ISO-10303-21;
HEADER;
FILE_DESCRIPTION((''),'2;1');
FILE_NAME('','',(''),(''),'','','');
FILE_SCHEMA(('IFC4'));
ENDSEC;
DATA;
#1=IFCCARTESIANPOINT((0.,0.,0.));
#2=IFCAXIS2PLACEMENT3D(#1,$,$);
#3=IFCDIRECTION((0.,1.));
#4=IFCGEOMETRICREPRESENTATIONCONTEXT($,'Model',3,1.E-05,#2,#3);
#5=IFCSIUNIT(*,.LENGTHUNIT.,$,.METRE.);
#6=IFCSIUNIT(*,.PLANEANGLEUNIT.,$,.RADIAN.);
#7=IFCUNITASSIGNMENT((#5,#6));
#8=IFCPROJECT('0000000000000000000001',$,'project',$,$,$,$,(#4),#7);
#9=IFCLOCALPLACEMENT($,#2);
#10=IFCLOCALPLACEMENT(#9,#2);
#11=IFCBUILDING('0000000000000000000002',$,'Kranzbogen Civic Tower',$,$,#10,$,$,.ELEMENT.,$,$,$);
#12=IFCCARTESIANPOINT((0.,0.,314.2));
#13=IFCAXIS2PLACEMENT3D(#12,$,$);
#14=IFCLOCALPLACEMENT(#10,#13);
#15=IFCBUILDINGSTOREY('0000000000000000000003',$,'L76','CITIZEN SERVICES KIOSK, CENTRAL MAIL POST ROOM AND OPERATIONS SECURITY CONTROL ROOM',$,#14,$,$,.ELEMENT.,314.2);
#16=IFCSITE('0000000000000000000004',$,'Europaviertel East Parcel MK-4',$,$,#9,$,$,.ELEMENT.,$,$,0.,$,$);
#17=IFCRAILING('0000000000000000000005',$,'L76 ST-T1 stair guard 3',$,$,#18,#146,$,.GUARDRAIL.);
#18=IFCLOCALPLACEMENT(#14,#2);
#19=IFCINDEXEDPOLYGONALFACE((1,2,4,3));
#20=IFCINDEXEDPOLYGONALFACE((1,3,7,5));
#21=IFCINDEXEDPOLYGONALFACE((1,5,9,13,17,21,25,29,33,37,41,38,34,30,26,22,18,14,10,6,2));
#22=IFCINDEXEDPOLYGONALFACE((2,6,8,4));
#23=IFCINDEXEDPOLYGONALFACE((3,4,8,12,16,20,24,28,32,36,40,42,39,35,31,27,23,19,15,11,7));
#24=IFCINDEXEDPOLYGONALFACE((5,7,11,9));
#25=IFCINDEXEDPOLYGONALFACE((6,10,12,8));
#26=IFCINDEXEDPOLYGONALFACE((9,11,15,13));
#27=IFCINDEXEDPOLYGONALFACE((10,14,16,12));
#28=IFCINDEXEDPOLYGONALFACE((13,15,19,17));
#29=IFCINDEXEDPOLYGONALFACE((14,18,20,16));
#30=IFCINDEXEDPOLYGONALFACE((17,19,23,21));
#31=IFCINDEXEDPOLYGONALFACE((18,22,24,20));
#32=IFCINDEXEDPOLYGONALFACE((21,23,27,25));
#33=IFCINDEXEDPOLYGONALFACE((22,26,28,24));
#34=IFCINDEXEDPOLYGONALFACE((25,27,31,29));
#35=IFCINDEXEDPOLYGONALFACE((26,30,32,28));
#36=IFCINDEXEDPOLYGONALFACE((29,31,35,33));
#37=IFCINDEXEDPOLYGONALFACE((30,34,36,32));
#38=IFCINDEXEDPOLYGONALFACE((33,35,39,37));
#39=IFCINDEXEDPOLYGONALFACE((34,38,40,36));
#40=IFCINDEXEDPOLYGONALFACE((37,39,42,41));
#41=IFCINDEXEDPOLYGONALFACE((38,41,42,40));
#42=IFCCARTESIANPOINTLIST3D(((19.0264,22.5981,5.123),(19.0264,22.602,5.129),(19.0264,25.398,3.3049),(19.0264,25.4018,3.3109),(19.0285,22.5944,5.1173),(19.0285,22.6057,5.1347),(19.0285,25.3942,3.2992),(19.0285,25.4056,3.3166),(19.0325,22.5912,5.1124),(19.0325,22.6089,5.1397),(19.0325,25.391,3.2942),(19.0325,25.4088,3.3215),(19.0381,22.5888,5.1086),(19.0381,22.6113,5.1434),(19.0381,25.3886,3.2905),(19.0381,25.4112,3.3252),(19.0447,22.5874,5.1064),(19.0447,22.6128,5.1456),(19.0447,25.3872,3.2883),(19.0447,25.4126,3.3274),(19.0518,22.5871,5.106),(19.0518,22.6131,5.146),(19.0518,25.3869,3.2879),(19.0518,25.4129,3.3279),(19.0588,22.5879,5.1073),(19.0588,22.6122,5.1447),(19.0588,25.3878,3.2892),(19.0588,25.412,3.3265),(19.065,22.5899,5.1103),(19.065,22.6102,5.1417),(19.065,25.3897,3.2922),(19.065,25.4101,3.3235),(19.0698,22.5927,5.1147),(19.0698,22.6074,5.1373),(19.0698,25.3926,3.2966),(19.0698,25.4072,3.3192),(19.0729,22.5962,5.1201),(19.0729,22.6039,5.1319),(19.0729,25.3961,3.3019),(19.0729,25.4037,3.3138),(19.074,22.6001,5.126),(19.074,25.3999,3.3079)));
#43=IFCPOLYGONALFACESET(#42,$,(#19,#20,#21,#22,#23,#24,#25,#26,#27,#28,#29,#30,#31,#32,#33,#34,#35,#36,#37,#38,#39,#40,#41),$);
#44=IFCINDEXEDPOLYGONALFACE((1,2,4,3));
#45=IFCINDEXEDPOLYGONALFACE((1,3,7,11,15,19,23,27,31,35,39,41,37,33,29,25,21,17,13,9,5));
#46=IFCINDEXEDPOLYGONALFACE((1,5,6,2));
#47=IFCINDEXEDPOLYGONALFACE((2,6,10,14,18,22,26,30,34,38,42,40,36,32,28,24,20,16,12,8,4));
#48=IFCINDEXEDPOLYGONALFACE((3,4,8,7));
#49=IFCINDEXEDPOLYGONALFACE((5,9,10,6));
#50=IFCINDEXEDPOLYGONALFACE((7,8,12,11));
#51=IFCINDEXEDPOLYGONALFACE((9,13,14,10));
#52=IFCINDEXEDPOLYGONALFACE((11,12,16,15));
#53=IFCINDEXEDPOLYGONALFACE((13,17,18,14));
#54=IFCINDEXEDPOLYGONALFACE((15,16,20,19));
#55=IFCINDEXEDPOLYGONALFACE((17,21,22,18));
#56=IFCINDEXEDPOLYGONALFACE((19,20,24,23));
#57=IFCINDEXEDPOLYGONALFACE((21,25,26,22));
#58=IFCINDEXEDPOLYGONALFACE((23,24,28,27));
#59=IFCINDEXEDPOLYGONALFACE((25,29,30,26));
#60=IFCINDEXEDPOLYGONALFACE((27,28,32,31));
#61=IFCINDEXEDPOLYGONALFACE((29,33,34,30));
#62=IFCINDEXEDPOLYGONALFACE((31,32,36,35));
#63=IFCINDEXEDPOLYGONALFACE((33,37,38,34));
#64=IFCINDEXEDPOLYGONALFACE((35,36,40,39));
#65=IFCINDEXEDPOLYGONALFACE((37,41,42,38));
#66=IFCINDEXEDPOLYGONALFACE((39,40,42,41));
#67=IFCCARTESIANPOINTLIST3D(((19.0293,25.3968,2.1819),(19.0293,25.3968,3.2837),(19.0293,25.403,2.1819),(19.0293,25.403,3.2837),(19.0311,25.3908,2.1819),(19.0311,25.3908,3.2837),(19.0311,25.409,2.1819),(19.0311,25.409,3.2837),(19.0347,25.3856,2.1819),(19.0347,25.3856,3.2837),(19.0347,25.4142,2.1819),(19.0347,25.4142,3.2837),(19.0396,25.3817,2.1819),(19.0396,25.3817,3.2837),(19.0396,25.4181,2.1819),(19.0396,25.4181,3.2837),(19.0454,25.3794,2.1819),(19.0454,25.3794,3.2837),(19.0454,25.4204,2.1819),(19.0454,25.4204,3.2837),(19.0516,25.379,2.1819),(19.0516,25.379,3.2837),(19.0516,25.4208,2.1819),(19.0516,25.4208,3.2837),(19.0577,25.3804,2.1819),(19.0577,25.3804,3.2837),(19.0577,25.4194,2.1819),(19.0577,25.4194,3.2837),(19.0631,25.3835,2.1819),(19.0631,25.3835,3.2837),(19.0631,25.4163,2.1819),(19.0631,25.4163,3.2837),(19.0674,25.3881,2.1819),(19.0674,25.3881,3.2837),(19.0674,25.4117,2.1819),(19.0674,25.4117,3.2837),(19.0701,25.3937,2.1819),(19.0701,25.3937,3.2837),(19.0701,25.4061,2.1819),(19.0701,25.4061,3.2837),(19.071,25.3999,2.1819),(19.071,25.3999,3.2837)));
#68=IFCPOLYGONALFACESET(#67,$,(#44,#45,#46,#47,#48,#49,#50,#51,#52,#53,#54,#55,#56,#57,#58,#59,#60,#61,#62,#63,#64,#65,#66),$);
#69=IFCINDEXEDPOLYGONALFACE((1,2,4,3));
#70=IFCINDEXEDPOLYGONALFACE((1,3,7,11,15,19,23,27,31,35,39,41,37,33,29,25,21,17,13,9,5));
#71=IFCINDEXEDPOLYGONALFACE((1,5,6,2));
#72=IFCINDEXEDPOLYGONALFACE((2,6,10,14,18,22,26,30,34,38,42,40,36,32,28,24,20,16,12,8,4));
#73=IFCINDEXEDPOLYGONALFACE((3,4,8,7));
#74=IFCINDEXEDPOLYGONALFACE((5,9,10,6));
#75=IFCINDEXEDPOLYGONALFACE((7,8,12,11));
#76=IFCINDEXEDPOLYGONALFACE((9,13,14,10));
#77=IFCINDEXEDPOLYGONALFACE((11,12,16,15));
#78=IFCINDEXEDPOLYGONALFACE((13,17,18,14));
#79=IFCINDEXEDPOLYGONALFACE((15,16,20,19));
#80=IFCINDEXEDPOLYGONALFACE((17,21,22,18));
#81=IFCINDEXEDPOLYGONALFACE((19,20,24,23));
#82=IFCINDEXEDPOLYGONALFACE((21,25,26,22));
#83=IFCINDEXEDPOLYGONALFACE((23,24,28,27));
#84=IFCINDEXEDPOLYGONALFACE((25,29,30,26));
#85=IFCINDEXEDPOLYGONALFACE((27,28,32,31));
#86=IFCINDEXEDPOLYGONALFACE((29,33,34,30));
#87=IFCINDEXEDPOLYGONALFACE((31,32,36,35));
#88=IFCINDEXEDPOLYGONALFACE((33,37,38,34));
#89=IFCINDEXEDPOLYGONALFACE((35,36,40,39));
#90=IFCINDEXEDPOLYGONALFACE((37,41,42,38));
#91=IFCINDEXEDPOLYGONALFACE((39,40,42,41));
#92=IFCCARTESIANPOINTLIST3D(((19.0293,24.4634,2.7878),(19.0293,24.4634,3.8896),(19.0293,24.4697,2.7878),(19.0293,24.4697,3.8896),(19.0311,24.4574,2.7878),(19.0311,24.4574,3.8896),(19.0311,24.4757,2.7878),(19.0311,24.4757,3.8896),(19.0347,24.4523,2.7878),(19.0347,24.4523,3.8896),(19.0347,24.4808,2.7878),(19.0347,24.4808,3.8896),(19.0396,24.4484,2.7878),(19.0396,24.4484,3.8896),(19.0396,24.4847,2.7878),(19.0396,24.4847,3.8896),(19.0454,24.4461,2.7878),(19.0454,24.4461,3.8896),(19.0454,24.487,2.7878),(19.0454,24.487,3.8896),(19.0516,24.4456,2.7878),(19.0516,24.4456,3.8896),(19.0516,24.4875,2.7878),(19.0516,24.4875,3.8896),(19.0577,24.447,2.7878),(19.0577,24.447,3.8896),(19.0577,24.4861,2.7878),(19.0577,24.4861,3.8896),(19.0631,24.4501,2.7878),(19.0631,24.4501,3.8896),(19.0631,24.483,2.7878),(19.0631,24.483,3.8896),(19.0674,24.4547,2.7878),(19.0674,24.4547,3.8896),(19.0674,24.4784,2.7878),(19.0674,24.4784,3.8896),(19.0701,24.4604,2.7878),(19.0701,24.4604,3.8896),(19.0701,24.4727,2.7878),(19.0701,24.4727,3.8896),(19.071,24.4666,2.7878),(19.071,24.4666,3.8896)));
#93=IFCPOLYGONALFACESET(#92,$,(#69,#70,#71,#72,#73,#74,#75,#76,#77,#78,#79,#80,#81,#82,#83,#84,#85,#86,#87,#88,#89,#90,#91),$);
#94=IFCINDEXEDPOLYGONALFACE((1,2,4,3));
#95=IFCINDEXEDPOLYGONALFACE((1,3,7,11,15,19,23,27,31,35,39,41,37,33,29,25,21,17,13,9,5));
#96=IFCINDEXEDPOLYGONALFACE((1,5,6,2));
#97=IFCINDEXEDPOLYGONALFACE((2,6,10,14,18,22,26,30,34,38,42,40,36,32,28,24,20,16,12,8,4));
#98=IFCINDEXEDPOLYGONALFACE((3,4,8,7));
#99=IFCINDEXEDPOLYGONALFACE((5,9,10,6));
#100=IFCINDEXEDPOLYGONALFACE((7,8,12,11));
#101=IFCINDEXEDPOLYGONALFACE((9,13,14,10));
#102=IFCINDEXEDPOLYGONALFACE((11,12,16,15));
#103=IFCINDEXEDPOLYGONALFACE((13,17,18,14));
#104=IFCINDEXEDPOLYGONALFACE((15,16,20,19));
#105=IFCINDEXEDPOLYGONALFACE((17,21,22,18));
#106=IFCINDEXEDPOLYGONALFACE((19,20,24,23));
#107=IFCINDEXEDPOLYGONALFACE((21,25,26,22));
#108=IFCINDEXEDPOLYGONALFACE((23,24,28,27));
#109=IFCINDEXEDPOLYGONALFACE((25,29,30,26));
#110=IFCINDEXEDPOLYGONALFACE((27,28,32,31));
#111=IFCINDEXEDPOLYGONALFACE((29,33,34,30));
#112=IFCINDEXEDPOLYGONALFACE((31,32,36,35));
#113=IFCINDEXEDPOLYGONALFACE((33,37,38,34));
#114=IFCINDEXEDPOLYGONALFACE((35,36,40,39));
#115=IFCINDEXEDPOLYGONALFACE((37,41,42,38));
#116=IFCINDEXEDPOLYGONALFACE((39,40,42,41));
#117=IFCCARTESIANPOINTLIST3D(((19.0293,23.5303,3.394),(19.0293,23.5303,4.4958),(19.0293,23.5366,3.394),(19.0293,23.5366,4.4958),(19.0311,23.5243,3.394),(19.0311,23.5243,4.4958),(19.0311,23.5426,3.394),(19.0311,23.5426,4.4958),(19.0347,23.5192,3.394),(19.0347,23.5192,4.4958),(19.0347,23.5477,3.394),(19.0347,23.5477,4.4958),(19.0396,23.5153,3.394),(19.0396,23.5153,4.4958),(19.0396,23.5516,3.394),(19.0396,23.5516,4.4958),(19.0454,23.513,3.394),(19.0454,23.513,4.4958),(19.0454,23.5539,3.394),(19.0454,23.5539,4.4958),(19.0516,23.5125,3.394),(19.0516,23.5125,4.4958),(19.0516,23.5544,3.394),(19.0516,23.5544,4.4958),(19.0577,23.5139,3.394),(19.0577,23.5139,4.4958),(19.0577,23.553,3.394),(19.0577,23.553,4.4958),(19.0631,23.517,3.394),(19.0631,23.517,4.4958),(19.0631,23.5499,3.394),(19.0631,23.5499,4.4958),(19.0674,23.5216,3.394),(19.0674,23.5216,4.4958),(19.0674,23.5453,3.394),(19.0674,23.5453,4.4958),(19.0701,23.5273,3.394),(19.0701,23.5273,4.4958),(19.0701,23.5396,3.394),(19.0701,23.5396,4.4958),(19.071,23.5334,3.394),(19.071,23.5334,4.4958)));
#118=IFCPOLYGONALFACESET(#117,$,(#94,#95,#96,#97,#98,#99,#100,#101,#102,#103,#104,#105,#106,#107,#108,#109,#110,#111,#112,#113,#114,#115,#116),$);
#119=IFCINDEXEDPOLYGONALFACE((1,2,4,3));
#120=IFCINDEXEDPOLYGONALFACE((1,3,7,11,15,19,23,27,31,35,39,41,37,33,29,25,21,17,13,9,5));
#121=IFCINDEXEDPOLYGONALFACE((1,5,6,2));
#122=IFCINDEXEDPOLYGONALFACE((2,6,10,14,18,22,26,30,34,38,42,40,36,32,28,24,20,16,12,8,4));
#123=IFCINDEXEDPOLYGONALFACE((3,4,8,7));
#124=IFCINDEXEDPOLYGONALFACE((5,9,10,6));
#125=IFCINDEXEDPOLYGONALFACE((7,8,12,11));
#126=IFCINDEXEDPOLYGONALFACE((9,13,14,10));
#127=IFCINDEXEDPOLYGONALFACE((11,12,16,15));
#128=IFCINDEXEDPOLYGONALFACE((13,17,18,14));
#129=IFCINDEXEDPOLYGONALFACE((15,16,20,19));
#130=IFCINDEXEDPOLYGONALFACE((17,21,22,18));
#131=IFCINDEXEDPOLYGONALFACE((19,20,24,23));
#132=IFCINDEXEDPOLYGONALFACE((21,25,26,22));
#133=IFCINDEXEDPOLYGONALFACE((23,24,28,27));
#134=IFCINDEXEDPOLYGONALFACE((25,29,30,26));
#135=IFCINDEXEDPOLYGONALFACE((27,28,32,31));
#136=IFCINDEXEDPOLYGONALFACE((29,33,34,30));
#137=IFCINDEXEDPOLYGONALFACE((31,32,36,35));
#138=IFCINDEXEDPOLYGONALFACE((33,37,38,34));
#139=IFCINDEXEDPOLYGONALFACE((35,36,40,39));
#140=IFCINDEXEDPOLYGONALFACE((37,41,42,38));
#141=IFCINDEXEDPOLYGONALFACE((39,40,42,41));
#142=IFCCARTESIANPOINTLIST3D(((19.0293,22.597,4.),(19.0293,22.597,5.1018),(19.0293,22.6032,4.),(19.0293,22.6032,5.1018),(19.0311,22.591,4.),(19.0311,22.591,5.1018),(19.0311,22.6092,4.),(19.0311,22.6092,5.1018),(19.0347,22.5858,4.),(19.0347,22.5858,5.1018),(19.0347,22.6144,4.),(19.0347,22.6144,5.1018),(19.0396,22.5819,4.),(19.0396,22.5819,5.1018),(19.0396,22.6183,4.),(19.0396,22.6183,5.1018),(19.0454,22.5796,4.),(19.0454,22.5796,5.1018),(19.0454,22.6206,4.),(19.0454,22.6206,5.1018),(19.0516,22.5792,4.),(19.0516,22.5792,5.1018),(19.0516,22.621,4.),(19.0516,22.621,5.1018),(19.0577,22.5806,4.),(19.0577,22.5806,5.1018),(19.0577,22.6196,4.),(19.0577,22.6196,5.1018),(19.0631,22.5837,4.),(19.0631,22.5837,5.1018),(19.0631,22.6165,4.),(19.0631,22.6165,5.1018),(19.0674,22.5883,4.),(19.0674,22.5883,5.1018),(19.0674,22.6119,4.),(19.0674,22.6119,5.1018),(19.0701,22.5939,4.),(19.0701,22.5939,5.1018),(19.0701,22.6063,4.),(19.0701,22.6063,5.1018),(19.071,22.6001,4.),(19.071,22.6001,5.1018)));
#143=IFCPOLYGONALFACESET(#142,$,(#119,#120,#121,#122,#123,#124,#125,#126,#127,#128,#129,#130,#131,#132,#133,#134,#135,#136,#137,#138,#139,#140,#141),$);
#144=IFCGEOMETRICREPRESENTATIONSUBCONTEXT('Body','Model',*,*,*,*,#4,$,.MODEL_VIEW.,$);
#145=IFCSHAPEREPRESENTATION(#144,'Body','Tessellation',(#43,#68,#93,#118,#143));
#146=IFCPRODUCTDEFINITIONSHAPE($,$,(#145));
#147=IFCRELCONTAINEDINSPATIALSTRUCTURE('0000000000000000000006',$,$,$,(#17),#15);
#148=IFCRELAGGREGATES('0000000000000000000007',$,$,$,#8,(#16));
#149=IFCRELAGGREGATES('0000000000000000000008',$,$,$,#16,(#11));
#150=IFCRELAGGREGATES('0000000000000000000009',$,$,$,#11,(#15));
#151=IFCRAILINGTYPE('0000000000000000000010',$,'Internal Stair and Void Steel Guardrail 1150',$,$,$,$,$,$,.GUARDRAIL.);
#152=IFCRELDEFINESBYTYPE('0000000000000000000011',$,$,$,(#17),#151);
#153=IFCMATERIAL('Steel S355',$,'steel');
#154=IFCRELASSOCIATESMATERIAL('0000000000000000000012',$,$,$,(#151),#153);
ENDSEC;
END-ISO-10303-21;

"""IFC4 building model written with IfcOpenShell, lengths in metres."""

from ifc_helpers import new_model, si_unit, direction, frame, origin, origin_2d, place, context, subcontext, project, spatial, circle, extrude, material, type_object, element, save


model = new_model("IFC4")

# Units and contexts
model_context = context("Model", 3, precision=1e-05, world=origin(), true_north=direction((0.0, 1.0)))
body_context = subcontext(model_context, "Body", "Model", "MODEL_VIEW")
ifc_project = project(units=[si_unit("LENGTHUNIT", "METRE"), si_unit("PLANEANGLEUNIT", "RADIAN")], contexts=[model_context])

# Site, building, storey
site_placement = place(None, origin())
site = spatial("IfcSite", under=ifc_project, at=site_placement, Name="Europaviertel East Parcel MK-4", CompositionType="ELEMENT", RefElevation=0.0)
building_placement = place(site_placement, origin())
building = spatial("IfcBuilding", under=site, at=building_placement, Name="Kranzbogen Civic Tower", CompositionType="ELEMENT")
storey_placement = place(building_placement, frame((0.0, 0.0, 314.2)))
storey = spatial("IfcBuildingStorey", under=building, at=storey_placement, Name="L76", Description="CITIZEN SERVICES KIOSK, CENTRAL MAIL POST ROOM AND OPERATIONS SECURITY CONTROL ROOM", CompositionType="ELEMENT", Elevation=314.2)

# Shared definitions
ifc_material_1 = material(Name="Steel S355", Category="steel")

# Railing
railing_type_1 = type_object("IfcRailingType", Name="Internal Stair and Void Steel Guardrail 1150", PredefinedType="GUARDRAIL", material=ifc_material_1)
railing_1_placement = place(storey_placement, frame((19.05, 25.3999, 2.1819)))
element("IfcRailing", 1, at=railing_1_placement, inside=storey, type_object=railing_type_1, Name="L76 ST-T1 stair guard 3", PredefinedType="GUARDRAIL", context=body_context, shape_type="SweptSolid", body=[
    extrude(circle(Radius=0.0239, at=origin_2d()), frame((0.0, 0.0, 1.126), z_axis=(0.0, -0.838684, 0.544618), x_axis=(1.0, 0.0, 0.0)), (0.0, 0.0, 1.0), 3.3384),
    extrude(circle(Radius=0.021, at=origin_2d()), origin(), (0.0, 0.0, 1.0), 1.1018),
    extrude(circle(Radius=0.021, at=origin_2d()), frame((0.0, -0.9333, 0.606)), (0.0, 0.0, 1.0), 1.1018),
    extrude(circle(Radius=0.021, at=origin_2d()), frame((0.0, -1.8665, 1.2122)), (0.0, 0.0, 1.0), 1.1018),
    extrude(circle(Radius=0.021, at=origin_2d()), frame((0.0, -2.7998, 1.8181)), (0.0, 0.0, 1.0), 1.1018),
])

save(model, "model.ifc")
